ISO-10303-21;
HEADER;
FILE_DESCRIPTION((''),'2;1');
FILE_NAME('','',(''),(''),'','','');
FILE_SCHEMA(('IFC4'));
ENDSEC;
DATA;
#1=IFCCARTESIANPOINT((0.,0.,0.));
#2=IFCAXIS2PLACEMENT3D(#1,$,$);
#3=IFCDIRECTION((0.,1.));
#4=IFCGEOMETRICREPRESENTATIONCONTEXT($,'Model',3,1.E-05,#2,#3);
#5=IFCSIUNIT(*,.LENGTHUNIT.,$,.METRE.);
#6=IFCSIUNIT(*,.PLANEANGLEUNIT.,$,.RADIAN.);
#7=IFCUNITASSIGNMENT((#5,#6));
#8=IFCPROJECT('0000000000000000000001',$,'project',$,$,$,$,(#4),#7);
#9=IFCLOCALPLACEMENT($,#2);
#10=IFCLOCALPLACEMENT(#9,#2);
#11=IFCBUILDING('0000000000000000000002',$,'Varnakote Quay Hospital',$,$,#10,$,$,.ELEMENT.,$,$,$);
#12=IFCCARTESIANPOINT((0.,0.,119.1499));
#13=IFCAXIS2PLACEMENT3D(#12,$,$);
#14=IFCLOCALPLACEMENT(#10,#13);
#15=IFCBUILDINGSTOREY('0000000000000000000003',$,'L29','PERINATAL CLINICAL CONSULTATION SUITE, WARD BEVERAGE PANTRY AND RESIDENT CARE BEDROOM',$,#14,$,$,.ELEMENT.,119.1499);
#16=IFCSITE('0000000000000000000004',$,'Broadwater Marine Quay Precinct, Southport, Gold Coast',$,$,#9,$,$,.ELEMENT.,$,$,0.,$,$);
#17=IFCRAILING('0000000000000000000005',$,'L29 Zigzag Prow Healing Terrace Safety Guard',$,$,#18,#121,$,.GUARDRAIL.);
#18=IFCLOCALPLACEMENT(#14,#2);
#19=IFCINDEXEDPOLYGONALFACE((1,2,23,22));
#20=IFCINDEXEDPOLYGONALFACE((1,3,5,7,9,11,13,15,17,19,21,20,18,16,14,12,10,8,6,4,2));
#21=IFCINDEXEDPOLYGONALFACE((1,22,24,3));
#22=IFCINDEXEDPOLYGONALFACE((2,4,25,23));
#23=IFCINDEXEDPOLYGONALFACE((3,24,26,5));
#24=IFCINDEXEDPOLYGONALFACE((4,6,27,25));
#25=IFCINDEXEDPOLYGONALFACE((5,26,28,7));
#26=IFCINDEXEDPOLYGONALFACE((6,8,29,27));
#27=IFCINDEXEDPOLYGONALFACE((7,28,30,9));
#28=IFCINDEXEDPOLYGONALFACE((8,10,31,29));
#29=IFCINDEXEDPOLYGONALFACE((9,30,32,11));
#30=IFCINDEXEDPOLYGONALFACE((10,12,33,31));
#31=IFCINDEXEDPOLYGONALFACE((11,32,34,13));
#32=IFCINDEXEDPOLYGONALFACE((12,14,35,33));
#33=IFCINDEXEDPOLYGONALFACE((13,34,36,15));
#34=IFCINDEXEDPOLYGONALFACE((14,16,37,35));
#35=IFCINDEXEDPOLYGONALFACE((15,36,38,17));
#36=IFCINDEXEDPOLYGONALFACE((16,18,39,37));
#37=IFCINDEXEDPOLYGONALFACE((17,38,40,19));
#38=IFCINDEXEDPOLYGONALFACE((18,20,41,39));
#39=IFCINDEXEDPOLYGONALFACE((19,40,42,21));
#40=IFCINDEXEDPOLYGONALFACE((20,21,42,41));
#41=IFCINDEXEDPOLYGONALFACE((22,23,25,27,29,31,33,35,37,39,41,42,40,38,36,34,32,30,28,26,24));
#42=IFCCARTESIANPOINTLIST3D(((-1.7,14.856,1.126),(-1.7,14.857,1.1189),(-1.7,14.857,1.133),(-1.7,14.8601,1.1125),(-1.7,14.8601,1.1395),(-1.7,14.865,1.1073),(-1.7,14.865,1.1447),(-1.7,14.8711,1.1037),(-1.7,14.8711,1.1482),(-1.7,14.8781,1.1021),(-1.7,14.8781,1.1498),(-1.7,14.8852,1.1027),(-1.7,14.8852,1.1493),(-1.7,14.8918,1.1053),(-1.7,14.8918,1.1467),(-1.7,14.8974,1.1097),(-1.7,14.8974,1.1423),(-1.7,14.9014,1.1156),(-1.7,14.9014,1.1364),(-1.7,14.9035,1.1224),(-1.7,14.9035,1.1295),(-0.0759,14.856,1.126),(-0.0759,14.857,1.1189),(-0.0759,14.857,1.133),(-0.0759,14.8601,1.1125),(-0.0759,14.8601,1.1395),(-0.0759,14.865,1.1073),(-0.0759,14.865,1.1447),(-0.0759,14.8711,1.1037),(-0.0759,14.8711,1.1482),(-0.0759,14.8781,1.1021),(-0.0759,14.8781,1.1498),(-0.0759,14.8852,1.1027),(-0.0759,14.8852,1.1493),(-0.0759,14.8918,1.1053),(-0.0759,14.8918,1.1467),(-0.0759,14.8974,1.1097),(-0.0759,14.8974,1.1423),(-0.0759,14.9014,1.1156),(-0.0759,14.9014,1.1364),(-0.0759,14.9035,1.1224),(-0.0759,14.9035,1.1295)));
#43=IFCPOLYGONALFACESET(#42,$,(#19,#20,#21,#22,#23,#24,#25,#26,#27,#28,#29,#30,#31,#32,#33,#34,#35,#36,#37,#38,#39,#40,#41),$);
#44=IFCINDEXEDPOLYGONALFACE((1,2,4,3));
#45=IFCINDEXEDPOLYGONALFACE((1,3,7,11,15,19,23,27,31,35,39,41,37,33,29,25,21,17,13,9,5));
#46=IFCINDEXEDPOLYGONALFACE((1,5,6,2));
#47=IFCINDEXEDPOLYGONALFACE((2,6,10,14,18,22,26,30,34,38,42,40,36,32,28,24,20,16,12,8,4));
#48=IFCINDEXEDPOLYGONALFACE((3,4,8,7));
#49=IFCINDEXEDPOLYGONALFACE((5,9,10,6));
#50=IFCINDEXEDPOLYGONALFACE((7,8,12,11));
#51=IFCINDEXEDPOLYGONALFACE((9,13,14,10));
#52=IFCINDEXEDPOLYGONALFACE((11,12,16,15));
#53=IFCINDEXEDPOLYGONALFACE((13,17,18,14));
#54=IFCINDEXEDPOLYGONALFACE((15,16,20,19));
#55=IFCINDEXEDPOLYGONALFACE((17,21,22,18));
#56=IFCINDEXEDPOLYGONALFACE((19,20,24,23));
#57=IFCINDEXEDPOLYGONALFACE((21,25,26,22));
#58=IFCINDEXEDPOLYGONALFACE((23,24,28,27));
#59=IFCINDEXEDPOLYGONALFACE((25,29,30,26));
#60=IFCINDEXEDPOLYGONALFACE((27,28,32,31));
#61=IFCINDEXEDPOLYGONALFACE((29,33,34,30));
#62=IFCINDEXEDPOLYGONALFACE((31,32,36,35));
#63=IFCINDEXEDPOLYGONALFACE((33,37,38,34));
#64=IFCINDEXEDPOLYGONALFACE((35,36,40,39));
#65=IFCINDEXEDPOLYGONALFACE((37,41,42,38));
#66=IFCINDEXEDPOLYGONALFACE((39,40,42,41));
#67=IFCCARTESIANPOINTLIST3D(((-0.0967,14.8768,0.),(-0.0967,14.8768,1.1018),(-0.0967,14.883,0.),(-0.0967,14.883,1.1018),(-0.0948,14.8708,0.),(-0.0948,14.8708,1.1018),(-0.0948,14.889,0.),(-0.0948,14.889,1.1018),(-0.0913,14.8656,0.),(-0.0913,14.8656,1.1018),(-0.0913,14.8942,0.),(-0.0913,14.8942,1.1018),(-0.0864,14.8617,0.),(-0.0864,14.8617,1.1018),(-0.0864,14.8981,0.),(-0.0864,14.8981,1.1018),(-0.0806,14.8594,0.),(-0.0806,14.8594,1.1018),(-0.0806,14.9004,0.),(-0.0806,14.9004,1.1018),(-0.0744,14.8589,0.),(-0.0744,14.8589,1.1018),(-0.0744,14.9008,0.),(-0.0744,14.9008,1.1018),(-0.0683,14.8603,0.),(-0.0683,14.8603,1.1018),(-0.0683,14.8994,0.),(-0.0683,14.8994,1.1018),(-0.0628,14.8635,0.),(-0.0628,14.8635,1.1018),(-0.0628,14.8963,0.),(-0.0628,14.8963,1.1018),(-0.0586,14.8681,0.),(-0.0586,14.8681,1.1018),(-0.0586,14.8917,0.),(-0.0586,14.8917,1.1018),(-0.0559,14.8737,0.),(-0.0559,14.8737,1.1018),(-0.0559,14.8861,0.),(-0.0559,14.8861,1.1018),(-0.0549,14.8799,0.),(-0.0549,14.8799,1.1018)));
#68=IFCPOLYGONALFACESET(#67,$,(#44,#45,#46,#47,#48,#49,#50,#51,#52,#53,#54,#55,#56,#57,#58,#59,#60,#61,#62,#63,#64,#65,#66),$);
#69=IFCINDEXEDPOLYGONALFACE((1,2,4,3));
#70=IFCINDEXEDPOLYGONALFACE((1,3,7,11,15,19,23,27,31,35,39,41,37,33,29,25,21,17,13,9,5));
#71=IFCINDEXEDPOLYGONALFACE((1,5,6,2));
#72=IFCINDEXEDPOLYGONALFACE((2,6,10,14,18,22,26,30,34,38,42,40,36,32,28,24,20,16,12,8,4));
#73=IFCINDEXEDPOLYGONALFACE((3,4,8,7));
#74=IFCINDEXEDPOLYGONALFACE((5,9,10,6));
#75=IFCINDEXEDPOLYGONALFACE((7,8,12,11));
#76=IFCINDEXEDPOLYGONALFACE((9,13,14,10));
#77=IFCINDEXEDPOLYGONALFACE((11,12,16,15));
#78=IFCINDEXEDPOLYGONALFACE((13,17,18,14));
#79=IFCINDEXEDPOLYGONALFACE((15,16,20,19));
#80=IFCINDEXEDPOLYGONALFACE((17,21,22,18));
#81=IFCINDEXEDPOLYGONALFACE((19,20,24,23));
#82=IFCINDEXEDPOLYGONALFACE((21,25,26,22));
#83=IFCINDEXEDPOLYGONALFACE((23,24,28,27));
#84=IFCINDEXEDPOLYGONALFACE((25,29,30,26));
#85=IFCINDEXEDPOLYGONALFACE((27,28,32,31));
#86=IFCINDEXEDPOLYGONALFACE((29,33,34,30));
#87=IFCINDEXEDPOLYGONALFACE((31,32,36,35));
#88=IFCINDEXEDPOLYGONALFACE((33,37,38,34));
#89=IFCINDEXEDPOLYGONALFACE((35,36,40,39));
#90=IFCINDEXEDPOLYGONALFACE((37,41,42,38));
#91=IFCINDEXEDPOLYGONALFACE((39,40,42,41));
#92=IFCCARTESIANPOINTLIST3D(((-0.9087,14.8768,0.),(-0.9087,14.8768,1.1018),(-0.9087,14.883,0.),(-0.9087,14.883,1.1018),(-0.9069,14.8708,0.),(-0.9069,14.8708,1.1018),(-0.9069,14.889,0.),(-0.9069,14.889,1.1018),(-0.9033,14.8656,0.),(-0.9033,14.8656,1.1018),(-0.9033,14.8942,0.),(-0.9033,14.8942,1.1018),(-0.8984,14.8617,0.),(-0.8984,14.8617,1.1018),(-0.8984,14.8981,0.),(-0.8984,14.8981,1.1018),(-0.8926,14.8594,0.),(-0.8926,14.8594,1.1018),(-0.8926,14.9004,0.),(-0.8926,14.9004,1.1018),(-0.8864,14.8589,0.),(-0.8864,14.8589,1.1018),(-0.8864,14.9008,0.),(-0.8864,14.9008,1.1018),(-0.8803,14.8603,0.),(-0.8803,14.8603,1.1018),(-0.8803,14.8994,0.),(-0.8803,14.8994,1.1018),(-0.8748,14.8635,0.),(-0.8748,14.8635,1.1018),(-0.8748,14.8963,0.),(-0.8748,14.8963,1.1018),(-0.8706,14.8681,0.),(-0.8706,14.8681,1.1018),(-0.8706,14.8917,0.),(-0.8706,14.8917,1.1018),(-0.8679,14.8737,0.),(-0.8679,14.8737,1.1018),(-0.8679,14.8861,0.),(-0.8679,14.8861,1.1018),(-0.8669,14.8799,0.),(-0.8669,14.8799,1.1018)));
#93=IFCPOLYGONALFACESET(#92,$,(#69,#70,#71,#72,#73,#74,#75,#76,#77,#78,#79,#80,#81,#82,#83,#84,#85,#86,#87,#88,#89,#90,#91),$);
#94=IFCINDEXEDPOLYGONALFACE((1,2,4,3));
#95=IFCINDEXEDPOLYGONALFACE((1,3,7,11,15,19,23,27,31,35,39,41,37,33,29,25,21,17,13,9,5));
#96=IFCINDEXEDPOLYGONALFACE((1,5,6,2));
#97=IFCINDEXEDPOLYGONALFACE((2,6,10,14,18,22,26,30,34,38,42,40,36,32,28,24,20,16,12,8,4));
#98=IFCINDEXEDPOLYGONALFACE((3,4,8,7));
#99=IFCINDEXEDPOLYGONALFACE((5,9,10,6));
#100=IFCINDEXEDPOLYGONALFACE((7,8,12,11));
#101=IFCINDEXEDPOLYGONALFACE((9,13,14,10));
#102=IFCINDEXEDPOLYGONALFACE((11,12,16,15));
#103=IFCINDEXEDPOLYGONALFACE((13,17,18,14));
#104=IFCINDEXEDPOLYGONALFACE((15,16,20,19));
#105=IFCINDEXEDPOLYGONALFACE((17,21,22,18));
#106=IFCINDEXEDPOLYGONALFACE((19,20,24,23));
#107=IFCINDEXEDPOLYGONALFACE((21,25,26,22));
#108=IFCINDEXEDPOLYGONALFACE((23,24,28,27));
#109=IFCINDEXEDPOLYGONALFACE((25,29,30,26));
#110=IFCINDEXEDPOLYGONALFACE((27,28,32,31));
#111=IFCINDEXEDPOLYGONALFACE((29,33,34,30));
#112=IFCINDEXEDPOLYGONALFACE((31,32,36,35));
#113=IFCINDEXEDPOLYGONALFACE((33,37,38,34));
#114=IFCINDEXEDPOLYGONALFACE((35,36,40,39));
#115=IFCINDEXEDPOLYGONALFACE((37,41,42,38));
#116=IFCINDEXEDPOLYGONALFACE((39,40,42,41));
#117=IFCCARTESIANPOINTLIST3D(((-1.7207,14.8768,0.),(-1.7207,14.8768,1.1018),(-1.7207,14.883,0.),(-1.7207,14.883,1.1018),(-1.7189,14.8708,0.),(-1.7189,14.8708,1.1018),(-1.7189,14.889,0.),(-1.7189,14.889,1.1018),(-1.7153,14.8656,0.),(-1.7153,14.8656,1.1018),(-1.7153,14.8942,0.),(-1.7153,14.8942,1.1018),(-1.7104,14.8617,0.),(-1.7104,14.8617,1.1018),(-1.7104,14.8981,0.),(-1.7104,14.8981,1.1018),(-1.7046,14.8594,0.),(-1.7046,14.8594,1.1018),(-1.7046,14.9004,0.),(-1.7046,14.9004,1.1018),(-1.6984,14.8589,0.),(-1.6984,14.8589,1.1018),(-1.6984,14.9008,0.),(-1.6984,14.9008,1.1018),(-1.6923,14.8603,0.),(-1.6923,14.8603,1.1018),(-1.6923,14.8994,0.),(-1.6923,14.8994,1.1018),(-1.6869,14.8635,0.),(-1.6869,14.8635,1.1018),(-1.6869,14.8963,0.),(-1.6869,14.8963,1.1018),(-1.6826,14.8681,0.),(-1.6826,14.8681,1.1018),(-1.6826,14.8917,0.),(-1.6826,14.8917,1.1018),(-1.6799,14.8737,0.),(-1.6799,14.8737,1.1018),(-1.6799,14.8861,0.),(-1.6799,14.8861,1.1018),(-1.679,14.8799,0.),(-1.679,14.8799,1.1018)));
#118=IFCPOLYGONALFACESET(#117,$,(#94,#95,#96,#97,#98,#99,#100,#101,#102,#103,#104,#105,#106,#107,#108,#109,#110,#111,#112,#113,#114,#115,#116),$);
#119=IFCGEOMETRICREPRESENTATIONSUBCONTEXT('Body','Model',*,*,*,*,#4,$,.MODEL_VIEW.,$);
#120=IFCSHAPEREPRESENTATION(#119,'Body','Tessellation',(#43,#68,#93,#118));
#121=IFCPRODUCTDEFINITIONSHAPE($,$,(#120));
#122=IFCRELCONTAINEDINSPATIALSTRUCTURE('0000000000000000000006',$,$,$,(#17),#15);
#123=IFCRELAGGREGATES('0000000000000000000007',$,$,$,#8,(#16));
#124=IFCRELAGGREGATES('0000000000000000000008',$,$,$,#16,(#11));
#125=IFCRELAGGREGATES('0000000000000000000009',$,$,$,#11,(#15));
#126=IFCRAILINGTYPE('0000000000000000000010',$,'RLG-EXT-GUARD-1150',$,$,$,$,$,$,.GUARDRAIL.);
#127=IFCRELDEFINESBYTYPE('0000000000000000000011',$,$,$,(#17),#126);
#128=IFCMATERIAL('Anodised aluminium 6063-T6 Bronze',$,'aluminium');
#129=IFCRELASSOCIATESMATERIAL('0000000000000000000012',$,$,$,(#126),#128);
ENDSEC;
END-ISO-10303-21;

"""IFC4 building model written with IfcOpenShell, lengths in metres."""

from ifc_helpers import new_model, si_unit, direction, frame, origin, origin_2d, place, context, subcontext, project, spatial, circle, extrude, material, type_object, element, save


model = new_model("IFC4")

# Units and contexts
model_context = context("Model", 3, precision=1e-05, world=origin(), true_north=direction((0.0, 1.0)))
body_context = subcontext(model_context, "Body", "Model", "MODEL_VIEW")
ifc_project = project(units=[si_unit("LENGTHUNIT", "METRE"), si_unit("PLANEANGLEUNIT", "RADIAN")], contexts=[model_context])

# Site, building, storey
site_placement = place(None, origin())
site = spatial("IfcSite", under=ifc_project, at=site_placement, Name="Broadwater Marine Quay Precinct, Southport, Gold Coast", CompositionType="ELEMENT", RefElevation=0.0)
building_placement = place(site_placement, origin())
building = spatial("IfcBuilding", under=site, at=building_placement, Name="Varnakote Quay Hospital", CompositionType="ELEMENT")
storey_placement = place(building_placement, frame((0.0, 0.0, 119.1499)))
storey = spatial("IfcBuildingStorey", under=building, at=storey_placement, Name="L29", Description="PERINATAL CLINICAL CONSULTATION SUITE, WARD BEVERAGE PANTRY AND RESIDENT CARE BEDROOM", CompositionType="ELEMENT", Elevation=119.1499)

# Railing
ifc_material_1 = material(Name="Anodised aluminium 6063-T6 Bronze", Category="aluminium")
railing_type = type_object("IfcRailingType", Name="RLG-EXT-GUARD-1150", PredefinedType="GUARDRAIL", material=ifc_material_1)
railing_1_placement = place(storey_placement, frame((-0.0759, 14.8799, 0.0)))
element("IfcRailing", 1, at=railing_1_placement, inside=storey, type_object=railing_type, Name="L29 Zigzag Prow Healing Terrace Safety Guard", PredefinedType="GUARDRAIL", context=body_context, shape_type="SweptSolid", body=[
    extrude(circle(Radius=0.0239, at=origin_2d()), frame((0.0, 0.0, 1.126), z_axis=(-1.0, 0.0, 0.0), x_axis=(0.0, -1.0, 0.0)), (0.0, 0.0, 1.0), 1.624),
    extrude(circle(Radius=0.021, at=origin_2d()), origin(), (0.0, 0.0, 1.0), 1.1018),
    extrude(circle(Radius=0.021, at=origin_2d()), frame((-0.812, 0.0, 0.0)), (0.0, 0.0, 1.0), 1.1018),
    extrude(circle(Radius=0.021, at=origin_2d()), frame((-1.624, 0.0, 0.0)), (0.0, 0.0, 1.0), 1.1018),
])

save(model, "model.ifc")
